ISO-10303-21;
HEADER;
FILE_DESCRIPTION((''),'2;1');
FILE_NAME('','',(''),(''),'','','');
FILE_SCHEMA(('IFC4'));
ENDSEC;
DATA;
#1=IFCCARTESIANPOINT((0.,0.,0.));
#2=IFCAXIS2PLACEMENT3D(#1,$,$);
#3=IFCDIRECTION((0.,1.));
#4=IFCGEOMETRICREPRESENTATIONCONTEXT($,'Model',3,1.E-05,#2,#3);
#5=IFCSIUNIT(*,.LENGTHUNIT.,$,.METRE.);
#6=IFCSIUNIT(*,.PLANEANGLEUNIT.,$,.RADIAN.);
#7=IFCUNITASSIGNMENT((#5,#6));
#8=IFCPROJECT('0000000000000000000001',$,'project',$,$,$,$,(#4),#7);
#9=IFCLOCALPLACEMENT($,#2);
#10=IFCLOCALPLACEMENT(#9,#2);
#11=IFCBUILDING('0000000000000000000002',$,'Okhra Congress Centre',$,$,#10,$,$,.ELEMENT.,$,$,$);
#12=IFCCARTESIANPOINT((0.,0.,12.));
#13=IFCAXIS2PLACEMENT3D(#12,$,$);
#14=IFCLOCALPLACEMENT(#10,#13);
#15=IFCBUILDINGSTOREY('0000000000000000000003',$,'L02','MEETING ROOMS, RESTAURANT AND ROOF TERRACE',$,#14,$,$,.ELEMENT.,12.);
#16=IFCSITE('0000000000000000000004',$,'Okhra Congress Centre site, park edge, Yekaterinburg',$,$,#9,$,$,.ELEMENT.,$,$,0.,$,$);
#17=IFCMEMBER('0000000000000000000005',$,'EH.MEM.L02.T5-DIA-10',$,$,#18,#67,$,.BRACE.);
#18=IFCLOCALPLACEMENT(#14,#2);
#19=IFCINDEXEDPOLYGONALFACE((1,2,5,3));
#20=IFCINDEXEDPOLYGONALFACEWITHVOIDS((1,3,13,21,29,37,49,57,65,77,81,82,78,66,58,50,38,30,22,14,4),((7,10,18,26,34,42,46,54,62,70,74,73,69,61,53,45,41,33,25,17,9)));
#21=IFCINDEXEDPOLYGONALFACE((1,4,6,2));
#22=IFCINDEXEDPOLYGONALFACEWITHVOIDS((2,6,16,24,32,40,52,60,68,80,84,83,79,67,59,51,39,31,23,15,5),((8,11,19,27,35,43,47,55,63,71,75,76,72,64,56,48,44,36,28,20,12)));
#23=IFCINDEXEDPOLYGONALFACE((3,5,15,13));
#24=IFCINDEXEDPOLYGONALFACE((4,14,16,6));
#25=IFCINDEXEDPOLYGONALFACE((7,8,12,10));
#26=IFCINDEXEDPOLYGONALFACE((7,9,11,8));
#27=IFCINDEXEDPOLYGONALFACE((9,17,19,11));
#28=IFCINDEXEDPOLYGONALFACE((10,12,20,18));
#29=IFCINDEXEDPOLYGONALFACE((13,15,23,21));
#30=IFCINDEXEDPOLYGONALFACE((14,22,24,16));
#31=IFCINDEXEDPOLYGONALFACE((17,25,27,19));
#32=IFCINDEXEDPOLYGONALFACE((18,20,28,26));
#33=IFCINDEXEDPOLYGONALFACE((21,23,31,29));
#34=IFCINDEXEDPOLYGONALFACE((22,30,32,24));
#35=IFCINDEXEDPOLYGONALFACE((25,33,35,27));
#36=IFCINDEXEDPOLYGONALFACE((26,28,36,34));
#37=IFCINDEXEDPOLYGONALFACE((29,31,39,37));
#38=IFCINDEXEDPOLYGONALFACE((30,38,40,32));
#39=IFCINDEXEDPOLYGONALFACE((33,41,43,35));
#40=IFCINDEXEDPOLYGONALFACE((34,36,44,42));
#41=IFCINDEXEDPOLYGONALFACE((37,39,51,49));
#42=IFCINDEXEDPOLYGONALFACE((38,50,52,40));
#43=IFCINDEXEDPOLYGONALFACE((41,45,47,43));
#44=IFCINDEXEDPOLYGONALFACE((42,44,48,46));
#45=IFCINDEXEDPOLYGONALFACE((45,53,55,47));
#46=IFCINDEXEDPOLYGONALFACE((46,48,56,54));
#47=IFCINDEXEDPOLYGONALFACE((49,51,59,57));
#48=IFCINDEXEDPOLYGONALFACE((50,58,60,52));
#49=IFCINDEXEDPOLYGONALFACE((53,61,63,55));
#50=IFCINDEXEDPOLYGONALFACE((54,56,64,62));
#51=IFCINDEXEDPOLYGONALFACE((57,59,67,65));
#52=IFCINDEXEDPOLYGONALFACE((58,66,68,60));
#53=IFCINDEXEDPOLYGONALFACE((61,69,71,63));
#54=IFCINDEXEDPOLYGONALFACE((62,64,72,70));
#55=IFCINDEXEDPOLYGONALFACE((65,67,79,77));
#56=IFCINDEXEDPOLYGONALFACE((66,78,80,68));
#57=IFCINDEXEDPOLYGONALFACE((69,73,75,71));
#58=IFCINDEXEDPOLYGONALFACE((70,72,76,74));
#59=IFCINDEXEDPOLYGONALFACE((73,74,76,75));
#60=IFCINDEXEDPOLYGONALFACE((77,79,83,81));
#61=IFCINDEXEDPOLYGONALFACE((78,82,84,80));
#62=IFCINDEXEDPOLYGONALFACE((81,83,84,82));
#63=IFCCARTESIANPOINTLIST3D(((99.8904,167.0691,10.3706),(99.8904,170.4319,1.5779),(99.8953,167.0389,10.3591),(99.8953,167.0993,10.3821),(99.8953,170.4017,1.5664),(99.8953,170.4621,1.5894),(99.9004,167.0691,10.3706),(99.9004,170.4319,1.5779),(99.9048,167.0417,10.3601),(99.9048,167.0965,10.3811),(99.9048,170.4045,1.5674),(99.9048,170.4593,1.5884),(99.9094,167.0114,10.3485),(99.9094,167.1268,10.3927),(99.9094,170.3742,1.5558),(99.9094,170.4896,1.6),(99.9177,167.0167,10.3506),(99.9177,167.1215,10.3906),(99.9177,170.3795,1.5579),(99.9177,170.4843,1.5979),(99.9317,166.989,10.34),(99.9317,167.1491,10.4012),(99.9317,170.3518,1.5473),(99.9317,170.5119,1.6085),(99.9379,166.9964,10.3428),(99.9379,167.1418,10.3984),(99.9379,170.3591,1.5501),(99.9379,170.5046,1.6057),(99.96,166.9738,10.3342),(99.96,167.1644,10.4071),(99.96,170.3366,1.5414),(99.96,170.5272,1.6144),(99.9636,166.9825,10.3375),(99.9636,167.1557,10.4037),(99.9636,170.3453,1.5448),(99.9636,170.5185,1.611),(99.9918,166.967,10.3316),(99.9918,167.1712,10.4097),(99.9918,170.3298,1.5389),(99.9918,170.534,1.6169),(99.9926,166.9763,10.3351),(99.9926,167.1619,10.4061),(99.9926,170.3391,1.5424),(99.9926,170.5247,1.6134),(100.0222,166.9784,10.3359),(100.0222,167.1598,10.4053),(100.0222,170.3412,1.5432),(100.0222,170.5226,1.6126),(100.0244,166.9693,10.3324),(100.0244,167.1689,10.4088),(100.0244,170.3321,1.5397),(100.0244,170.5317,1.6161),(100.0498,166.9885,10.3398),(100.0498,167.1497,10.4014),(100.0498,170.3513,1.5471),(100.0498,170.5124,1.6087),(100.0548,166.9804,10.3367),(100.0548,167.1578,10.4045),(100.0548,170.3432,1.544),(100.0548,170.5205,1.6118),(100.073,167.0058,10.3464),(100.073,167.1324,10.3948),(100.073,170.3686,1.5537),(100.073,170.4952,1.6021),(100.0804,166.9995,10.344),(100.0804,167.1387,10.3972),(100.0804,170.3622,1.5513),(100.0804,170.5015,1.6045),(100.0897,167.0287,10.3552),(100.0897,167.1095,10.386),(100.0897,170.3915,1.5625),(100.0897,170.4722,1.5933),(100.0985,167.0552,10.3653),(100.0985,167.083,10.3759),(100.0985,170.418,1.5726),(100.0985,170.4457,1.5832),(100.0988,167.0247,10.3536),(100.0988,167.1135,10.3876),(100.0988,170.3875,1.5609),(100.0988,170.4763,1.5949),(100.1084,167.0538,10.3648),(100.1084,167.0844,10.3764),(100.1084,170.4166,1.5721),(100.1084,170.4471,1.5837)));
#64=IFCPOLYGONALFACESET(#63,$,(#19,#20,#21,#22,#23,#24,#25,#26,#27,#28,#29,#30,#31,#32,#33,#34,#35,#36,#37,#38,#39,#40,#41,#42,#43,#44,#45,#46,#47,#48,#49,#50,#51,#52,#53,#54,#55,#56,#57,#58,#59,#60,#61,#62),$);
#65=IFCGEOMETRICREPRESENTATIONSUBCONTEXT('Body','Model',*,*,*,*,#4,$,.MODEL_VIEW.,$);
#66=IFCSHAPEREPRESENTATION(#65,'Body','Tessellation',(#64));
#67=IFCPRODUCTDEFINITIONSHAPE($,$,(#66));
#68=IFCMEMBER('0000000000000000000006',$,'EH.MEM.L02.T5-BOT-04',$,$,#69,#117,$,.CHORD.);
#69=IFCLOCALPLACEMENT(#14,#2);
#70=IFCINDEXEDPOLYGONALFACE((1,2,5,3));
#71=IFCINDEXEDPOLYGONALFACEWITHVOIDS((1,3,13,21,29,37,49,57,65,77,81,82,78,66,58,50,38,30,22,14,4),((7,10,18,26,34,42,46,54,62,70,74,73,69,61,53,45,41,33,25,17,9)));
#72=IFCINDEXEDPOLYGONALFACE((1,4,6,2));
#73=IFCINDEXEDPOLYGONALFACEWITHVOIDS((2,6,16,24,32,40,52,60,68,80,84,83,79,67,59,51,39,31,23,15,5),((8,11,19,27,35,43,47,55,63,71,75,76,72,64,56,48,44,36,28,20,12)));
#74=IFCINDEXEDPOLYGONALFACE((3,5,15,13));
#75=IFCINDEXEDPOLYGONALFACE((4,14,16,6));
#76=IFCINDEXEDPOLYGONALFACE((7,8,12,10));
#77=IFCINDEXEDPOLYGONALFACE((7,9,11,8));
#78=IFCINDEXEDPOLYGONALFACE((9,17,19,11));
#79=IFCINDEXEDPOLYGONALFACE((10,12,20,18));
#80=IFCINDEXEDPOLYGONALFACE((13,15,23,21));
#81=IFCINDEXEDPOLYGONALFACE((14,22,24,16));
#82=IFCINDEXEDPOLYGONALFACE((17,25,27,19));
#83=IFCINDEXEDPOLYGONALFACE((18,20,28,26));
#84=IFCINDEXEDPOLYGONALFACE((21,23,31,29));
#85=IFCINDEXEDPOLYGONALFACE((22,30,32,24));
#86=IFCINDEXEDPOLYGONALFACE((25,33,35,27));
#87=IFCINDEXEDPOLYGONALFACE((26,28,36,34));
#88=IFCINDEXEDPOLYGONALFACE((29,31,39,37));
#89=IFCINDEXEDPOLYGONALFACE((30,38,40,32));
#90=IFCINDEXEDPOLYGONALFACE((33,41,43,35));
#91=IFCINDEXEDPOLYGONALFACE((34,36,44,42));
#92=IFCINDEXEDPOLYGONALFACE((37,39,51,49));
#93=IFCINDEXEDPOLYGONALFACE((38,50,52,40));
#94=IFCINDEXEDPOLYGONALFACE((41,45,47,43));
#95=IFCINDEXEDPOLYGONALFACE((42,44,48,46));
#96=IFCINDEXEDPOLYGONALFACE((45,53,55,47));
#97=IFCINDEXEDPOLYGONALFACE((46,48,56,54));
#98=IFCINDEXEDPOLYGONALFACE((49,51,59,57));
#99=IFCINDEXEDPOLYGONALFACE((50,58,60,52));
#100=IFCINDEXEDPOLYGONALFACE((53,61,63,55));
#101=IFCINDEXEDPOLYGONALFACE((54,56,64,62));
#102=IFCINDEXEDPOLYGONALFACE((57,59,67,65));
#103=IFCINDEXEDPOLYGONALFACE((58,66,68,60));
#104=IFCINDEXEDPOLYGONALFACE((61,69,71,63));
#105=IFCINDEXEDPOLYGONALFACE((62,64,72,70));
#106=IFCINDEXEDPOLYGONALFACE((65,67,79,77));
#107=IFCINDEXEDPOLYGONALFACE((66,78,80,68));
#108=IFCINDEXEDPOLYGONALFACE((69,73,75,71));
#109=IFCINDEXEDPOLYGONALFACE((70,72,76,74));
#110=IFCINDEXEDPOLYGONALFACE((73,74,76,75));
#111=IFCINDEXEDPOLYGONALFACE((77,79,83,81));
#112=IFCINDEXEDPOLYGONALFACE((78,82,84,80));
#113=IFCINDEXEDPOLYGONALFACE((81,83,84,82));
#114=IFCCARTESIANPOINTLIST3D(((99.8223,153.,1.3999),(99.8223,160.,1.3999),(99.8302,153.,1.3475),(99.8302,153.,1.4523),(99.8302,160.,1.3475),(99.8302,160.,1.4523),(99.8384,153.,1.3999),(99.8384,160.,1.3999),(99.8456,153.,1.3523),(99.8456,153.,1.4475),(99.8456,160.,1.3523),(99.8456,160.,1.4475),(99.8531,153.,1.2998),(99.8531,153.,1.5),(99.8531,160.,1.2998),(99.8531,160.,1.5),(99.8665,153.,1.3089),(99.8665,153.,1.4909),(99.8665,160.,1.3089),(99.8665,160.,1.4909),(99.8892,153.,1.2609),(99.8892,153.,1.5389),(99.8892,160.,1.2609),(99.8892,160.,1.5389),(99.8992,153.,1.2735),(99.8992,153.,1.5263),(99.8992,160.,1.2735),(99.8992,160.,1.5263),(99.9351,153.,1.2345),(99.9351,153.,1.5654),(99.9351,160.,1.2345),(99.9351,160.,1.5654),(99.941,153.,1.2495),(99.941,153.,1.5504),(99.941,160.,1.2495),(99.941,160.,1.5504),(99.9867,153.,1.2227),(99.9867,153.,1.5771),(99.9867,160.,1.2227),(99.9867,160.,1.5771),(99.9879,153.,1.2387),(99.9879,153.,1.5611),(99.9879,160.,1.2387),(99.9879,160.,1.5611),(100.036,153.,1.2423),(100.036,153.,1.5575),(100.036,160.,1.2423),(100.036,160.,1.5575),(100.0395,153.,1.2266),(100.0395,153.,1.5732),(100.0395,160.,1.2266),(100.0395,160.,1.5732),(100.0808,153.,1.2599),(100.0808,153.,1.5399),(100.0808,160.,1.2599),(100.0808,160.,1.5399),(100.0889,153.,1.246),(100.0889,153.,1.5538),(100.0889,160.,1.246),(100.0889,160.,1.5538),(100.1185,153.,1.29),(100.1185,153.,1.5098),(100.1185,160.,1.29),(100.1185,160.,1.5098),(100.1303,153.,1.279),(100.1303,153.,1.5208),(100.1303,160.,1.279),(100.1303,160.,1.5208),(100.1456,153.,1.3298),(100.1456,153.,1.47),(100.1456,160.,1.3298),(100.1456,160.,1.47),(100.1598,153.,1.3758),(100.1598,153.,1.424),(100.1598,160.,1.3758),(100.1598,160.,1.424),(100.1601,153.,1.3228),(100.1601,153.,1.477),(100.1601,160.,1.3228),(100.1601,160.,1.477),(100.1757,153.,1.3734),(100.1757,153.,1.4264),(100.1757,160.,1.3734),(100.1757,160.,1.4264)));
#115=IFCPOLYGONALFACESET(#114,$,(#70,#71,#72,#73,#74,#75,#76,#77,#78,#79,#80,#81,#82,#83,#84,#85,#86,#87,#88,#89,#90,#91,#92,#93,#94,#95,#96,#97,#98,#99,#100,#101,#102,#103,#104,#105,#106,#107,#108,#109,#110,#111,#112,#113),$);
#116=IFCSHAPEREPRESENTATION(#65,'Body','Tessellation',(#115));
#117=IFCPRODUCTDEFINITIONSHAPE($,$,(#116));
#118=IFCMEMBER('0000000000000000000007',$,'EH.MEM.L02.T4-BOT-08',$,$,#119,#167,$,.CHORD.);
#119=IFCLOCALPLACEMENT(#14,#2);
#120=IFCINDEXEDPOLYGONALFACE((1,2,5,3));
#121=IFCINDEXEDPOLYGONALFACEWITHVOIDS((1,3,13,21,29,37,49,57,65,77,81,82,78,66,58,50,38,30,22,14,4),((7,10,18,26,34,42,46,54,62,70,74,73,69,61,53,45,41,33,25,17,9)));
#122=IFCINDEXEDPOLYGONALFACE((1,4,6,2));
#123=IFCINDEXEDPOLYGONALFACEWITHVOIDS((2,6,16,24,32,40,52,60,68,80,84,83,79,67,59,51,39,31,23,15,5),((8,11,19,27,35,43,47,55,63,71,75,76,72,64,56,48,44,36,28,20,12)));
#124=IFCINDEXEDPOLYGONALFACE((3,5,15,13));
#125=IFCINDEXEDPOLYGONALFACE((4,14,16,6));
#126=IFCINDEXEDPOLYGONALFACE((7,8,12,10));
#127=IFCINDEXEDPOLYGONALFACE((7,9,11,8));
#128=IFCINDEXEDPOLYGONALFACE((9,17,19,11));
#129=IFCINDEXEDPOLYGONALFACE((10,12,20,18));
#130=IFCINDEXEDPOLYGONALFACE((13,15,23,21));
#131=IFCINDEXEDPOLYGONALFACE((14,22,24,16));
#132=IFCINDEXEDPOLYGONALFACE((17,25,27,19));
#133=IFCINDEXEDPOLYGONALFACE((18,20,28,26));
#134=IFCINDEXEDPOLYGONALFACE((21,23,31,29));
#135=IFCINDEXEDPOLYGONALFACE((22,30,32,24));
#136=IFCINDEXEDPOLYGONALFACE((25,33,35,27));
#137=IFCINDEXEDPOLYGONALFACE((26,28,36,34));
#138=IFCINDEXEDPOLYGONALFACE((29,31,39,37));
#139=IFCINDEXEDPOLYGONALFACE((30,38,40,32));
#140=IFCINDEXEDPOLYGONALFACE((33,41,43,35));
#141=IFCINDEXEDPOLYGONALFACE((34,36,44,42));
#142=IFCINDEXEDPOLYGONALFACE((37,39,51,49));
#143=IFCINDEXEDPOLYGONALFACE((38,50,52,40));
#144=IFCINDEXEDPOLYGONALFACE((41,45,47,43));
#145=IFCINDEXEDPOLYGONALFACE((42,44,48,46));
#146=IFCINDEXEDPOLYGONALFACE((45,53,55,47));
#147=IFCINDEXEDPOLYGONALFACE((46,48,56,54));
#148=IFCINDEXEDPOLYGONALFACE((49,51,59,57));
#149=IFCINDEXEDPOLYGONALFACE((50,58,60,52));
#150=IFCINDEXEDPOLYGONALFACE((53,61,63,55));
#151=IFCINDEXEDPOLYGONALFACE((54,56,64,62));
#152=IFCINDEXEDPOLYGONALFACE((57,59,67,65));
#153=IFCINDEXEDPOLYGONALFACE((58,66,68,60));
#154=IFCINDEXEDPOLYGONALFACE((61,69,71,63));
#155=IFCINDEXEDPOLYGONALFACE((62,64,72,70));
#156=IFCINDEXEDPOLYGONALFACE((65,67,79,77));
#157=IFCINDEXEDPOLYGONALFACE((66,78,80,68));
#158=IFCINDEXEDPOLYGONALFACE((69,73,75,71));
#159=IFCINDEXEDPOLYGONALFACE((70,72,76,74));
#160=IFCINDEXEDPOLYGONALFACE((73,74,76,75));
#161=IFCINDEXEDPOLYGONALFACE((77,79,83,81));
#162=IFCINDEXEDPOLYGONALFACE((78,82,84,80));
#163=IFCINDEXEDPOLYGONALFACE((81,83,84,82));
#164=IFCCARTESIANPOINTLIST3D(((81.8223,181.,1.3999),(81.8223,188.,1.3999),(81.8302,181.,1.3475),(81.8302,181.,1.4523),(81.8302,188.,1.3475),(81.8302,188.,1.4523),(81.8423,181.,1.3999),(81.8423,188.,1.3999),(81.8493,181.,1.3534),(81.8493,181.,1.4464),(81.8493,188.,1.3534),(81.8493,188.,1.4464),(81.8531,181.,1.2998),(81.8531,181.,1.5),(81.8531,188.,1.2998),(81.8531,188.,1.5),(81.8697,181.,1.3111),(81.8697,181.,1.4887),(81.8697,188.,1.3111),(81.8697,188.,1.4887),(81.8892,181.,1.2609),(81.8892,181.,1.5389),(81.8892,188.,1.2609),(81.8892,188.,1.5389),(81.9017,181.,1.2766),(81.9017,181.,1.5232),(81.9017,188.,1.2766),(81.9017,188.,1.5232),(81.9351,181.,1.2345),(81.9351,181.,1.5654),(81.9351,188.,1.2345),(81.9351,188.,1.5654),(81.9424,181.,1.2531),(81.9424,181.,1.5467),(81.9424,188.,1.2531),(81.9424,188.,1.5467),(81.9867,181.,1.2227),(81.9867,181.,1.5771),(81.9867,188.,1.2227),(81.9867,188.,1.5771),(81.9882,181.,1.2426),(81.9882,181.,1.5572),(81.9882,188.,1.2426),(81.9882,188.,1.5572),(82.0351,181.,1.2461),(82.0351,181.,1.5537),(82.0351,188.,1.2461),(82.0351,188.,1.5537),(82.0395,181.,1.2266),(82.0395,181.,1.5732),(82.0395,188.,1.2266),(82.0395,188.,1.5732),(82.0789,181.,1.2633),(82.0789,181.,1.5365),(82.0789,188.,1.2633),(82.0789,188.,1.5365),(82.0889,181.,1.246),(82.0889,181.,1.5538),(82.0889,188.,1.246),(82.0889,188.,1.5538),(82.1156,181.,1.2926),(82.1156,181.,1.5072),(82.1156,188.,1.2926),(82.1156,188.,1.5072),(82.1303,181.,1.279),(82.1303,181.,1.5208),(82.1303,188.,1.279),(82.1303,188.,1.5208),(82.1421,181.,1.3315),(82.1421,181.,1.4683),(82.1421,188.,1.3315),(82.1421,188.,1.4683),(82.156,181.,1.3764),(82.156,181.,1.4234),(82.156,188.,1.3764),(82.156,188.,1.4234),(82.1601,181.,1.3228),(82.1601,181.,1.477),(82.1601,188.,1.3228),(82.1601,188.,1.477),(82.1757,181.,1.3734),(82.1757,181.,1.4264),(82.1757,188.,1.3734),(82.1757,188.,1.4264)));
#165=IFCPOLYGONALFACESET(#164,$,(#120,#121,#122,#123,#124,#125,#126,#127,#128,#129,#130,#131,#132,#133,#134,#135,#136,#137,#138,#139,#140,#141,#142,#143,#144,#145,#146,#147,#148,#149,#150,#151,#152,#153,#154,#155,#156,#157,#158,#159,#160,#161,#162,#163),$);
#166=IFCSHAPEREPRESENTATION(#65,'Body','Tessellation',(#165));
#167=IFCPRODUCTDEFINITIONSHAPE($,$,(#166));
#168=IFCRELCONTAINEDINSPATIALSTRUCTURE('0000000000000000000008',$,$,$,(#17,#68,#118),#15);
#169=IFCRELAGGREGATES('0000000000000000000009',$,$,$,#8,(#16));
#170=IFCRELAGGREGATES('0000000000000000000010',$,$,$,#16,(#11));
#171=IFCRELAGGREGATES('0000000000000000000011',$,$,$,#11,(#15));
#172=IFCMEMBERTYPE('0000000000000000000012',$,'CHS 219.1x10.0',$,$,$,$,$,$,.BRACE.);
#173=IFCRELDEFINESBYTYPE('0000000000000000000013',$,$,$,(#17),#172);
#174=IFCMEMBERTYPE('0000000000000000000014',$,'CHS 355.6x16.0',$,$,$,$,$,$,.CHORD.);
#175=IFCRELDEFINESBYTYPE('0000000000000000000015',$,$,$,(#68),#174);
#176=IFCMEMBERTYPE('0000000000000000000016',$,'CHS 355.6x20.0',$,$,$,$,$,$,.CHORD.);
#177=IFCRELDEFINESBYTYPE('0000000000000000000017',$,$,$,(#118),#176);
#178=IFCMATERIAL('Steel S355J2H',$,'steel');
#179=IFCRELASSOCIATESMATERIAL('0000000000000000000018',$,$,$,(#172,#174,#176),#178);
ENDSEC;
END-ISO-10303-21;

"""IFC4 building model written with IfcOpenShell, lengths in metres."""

from ifc_helpers import new_model, si_unit, direction, frame, origin, origin_2d, place, context, subcontext, project, spatial, hollow_circle, extrude, material, material_profile, profile_set, type_object, element, save


model = new_model("IFC4")

# Units and contexts
model_context = context("Model", 3, precision=1e-05, world=origin(), true_north=direction((0.0, 1.0)))
body_context = subcontext(model_context, "Body", "Model", "MODEL_VIEW")
ifc_project = project(units=[si_unit("LENGTHUNIT", "METRE"), si_unit("PLANEANGLEUNIT", "RADIAN")], contexts=[model_context])

# Site, building, storey
site_placement = place(None, origin())
site = spatial("IfcSite", under=ifc_project, at=site_placement, Name="Okhra Congress Centre site, park edge, Yekaterinburg", CompositionType="ELEMENT", RefElevation=0.0)
building_placement = place(site_placement, origin())
building = spatial("IfcBuilding", under=site, at=building_placement, Name="Okhra Congress Centre", CompositionType="ELEMENT")
storey_placement = place(building_placement, frame((0.0, 0.0, 12.0)))
storey = spatial("IfcBuildingStorey", under=building, at=storey_placement, Name="L02", Description="MEETING ROOMS, RESTAURANT AND ROOF TERRACE", CompositionType="ELEMENT", Elevation=12.0)

# Members
ifc_material_1 = material(Name="Steel S355J2H", Category="steel")
ifc_material_profile_1 = material_profile(ifc_material_1, hollow_circle(Radius=0.1096, WallThickness=0.01, at=origin_2d()), Name="CHS 219.1x10.0")
ifc_profile_set_1 = profile_set([ifc_material_profile_1], Name="Steel S355J2H")
member_type_1 = type_object("IfcMemberType", Name="CHS 219.1x10.0", PredefinedType="BRACE", material=ifc_profile_set_1)
member_1_placement = place(storey_placement, frame((100.0, 167.0691, 10.3706), z_axis=(0.0, 0.357218, -0.934021), x_axis=(-1.0, 0.0, 0.0)))
element("IfcMember", 1, at=member_1_placement, inside=storey, type_object=member_type_1, Name="EH.MEM.L02.T5-DIA-10", PredefinedType="BRACE", context=body_context, shape_type="SweptSolid", body=[
    extrude(hollow_circle(Radius=0.1096, WallThickness=0.01, at=origin_2d()), origin(), (0.0, 0.0, 1.0), 9.4138),
])
ifc_material_profile_2 = material_profile(ifc_material_1, hollow_circle(Radius=0.1777, WallThickness=0.0161, at=origin_2d()), Name="CHS 355.6x16.0")
ifc_profile_set_2 = profile_set([ifc_material_profile_2], Name="Steel S355J2H")
member_type_2 = type_object("IfcMemberType", Name="CHS 355.6x16.0", PredefinedType="CHORD", material=ifc_profile_set_2)
member_2_placement = place(storey_placement, frame((100.0, 153.0, 1.3999), z_axis=(0.0, 1.0, 0.0), x_axis=(-1.0, 0.0, 0.0)))
element("IfcMember", 2, at=member_2_placement, inside=storey, type_object=member_type_2, Name="EH.MEM.L02.T5-BOT-04", PredefinedType="CHORD", context=body_context, shape_type="SweptSolid", body=[
    extrude(hollow_circle(Radius=0.1777, WallThickness=0.0161, at=origin_2d()), origin(), (0.0, 0.0, 1.0), 7.0),
])
ifc_material_profile_3 = material_profile(ifc_material_1, hollow_circle(Radius=0.1777, WallThickness=0.02, at=origin_2d()), Name="CHS 355.6x20.0")
ifc_profile_set_3 = profile_set([ifc_material_profile_3], Name="Steel S355J2H")
member_type_3 = type_object("IfcMemberType", Name="CHS 355.6x20.0", PredefinedType="CHORD", material=ifc_profile_set_3)
for number, where, z_axis, x_axis, name in (
    (3, (82.0, 181.0, 1.3999), (0.0, 1.0, 0.0), (-1.0, 0.0, 0.0), "EH.MEM.L02.T4-BOT-08"),
):
    element("IfcMember", number, at=place(storey_placement, frame(where, z_axis=z_axis, x_axis=x_axis)), inside=storey, type_object=member_type_3, Name=name, PredefinedType="CHORD", context=body_context, shape_type="SweptSolid", body=[
        extrude(hollow_circle(Radius=0.1777, WallThickness=0.02, at=origin_2d()), origin(), (0.0, 0.0, 1.0), 7.0),
    ])

save(model, "model.ifc")
